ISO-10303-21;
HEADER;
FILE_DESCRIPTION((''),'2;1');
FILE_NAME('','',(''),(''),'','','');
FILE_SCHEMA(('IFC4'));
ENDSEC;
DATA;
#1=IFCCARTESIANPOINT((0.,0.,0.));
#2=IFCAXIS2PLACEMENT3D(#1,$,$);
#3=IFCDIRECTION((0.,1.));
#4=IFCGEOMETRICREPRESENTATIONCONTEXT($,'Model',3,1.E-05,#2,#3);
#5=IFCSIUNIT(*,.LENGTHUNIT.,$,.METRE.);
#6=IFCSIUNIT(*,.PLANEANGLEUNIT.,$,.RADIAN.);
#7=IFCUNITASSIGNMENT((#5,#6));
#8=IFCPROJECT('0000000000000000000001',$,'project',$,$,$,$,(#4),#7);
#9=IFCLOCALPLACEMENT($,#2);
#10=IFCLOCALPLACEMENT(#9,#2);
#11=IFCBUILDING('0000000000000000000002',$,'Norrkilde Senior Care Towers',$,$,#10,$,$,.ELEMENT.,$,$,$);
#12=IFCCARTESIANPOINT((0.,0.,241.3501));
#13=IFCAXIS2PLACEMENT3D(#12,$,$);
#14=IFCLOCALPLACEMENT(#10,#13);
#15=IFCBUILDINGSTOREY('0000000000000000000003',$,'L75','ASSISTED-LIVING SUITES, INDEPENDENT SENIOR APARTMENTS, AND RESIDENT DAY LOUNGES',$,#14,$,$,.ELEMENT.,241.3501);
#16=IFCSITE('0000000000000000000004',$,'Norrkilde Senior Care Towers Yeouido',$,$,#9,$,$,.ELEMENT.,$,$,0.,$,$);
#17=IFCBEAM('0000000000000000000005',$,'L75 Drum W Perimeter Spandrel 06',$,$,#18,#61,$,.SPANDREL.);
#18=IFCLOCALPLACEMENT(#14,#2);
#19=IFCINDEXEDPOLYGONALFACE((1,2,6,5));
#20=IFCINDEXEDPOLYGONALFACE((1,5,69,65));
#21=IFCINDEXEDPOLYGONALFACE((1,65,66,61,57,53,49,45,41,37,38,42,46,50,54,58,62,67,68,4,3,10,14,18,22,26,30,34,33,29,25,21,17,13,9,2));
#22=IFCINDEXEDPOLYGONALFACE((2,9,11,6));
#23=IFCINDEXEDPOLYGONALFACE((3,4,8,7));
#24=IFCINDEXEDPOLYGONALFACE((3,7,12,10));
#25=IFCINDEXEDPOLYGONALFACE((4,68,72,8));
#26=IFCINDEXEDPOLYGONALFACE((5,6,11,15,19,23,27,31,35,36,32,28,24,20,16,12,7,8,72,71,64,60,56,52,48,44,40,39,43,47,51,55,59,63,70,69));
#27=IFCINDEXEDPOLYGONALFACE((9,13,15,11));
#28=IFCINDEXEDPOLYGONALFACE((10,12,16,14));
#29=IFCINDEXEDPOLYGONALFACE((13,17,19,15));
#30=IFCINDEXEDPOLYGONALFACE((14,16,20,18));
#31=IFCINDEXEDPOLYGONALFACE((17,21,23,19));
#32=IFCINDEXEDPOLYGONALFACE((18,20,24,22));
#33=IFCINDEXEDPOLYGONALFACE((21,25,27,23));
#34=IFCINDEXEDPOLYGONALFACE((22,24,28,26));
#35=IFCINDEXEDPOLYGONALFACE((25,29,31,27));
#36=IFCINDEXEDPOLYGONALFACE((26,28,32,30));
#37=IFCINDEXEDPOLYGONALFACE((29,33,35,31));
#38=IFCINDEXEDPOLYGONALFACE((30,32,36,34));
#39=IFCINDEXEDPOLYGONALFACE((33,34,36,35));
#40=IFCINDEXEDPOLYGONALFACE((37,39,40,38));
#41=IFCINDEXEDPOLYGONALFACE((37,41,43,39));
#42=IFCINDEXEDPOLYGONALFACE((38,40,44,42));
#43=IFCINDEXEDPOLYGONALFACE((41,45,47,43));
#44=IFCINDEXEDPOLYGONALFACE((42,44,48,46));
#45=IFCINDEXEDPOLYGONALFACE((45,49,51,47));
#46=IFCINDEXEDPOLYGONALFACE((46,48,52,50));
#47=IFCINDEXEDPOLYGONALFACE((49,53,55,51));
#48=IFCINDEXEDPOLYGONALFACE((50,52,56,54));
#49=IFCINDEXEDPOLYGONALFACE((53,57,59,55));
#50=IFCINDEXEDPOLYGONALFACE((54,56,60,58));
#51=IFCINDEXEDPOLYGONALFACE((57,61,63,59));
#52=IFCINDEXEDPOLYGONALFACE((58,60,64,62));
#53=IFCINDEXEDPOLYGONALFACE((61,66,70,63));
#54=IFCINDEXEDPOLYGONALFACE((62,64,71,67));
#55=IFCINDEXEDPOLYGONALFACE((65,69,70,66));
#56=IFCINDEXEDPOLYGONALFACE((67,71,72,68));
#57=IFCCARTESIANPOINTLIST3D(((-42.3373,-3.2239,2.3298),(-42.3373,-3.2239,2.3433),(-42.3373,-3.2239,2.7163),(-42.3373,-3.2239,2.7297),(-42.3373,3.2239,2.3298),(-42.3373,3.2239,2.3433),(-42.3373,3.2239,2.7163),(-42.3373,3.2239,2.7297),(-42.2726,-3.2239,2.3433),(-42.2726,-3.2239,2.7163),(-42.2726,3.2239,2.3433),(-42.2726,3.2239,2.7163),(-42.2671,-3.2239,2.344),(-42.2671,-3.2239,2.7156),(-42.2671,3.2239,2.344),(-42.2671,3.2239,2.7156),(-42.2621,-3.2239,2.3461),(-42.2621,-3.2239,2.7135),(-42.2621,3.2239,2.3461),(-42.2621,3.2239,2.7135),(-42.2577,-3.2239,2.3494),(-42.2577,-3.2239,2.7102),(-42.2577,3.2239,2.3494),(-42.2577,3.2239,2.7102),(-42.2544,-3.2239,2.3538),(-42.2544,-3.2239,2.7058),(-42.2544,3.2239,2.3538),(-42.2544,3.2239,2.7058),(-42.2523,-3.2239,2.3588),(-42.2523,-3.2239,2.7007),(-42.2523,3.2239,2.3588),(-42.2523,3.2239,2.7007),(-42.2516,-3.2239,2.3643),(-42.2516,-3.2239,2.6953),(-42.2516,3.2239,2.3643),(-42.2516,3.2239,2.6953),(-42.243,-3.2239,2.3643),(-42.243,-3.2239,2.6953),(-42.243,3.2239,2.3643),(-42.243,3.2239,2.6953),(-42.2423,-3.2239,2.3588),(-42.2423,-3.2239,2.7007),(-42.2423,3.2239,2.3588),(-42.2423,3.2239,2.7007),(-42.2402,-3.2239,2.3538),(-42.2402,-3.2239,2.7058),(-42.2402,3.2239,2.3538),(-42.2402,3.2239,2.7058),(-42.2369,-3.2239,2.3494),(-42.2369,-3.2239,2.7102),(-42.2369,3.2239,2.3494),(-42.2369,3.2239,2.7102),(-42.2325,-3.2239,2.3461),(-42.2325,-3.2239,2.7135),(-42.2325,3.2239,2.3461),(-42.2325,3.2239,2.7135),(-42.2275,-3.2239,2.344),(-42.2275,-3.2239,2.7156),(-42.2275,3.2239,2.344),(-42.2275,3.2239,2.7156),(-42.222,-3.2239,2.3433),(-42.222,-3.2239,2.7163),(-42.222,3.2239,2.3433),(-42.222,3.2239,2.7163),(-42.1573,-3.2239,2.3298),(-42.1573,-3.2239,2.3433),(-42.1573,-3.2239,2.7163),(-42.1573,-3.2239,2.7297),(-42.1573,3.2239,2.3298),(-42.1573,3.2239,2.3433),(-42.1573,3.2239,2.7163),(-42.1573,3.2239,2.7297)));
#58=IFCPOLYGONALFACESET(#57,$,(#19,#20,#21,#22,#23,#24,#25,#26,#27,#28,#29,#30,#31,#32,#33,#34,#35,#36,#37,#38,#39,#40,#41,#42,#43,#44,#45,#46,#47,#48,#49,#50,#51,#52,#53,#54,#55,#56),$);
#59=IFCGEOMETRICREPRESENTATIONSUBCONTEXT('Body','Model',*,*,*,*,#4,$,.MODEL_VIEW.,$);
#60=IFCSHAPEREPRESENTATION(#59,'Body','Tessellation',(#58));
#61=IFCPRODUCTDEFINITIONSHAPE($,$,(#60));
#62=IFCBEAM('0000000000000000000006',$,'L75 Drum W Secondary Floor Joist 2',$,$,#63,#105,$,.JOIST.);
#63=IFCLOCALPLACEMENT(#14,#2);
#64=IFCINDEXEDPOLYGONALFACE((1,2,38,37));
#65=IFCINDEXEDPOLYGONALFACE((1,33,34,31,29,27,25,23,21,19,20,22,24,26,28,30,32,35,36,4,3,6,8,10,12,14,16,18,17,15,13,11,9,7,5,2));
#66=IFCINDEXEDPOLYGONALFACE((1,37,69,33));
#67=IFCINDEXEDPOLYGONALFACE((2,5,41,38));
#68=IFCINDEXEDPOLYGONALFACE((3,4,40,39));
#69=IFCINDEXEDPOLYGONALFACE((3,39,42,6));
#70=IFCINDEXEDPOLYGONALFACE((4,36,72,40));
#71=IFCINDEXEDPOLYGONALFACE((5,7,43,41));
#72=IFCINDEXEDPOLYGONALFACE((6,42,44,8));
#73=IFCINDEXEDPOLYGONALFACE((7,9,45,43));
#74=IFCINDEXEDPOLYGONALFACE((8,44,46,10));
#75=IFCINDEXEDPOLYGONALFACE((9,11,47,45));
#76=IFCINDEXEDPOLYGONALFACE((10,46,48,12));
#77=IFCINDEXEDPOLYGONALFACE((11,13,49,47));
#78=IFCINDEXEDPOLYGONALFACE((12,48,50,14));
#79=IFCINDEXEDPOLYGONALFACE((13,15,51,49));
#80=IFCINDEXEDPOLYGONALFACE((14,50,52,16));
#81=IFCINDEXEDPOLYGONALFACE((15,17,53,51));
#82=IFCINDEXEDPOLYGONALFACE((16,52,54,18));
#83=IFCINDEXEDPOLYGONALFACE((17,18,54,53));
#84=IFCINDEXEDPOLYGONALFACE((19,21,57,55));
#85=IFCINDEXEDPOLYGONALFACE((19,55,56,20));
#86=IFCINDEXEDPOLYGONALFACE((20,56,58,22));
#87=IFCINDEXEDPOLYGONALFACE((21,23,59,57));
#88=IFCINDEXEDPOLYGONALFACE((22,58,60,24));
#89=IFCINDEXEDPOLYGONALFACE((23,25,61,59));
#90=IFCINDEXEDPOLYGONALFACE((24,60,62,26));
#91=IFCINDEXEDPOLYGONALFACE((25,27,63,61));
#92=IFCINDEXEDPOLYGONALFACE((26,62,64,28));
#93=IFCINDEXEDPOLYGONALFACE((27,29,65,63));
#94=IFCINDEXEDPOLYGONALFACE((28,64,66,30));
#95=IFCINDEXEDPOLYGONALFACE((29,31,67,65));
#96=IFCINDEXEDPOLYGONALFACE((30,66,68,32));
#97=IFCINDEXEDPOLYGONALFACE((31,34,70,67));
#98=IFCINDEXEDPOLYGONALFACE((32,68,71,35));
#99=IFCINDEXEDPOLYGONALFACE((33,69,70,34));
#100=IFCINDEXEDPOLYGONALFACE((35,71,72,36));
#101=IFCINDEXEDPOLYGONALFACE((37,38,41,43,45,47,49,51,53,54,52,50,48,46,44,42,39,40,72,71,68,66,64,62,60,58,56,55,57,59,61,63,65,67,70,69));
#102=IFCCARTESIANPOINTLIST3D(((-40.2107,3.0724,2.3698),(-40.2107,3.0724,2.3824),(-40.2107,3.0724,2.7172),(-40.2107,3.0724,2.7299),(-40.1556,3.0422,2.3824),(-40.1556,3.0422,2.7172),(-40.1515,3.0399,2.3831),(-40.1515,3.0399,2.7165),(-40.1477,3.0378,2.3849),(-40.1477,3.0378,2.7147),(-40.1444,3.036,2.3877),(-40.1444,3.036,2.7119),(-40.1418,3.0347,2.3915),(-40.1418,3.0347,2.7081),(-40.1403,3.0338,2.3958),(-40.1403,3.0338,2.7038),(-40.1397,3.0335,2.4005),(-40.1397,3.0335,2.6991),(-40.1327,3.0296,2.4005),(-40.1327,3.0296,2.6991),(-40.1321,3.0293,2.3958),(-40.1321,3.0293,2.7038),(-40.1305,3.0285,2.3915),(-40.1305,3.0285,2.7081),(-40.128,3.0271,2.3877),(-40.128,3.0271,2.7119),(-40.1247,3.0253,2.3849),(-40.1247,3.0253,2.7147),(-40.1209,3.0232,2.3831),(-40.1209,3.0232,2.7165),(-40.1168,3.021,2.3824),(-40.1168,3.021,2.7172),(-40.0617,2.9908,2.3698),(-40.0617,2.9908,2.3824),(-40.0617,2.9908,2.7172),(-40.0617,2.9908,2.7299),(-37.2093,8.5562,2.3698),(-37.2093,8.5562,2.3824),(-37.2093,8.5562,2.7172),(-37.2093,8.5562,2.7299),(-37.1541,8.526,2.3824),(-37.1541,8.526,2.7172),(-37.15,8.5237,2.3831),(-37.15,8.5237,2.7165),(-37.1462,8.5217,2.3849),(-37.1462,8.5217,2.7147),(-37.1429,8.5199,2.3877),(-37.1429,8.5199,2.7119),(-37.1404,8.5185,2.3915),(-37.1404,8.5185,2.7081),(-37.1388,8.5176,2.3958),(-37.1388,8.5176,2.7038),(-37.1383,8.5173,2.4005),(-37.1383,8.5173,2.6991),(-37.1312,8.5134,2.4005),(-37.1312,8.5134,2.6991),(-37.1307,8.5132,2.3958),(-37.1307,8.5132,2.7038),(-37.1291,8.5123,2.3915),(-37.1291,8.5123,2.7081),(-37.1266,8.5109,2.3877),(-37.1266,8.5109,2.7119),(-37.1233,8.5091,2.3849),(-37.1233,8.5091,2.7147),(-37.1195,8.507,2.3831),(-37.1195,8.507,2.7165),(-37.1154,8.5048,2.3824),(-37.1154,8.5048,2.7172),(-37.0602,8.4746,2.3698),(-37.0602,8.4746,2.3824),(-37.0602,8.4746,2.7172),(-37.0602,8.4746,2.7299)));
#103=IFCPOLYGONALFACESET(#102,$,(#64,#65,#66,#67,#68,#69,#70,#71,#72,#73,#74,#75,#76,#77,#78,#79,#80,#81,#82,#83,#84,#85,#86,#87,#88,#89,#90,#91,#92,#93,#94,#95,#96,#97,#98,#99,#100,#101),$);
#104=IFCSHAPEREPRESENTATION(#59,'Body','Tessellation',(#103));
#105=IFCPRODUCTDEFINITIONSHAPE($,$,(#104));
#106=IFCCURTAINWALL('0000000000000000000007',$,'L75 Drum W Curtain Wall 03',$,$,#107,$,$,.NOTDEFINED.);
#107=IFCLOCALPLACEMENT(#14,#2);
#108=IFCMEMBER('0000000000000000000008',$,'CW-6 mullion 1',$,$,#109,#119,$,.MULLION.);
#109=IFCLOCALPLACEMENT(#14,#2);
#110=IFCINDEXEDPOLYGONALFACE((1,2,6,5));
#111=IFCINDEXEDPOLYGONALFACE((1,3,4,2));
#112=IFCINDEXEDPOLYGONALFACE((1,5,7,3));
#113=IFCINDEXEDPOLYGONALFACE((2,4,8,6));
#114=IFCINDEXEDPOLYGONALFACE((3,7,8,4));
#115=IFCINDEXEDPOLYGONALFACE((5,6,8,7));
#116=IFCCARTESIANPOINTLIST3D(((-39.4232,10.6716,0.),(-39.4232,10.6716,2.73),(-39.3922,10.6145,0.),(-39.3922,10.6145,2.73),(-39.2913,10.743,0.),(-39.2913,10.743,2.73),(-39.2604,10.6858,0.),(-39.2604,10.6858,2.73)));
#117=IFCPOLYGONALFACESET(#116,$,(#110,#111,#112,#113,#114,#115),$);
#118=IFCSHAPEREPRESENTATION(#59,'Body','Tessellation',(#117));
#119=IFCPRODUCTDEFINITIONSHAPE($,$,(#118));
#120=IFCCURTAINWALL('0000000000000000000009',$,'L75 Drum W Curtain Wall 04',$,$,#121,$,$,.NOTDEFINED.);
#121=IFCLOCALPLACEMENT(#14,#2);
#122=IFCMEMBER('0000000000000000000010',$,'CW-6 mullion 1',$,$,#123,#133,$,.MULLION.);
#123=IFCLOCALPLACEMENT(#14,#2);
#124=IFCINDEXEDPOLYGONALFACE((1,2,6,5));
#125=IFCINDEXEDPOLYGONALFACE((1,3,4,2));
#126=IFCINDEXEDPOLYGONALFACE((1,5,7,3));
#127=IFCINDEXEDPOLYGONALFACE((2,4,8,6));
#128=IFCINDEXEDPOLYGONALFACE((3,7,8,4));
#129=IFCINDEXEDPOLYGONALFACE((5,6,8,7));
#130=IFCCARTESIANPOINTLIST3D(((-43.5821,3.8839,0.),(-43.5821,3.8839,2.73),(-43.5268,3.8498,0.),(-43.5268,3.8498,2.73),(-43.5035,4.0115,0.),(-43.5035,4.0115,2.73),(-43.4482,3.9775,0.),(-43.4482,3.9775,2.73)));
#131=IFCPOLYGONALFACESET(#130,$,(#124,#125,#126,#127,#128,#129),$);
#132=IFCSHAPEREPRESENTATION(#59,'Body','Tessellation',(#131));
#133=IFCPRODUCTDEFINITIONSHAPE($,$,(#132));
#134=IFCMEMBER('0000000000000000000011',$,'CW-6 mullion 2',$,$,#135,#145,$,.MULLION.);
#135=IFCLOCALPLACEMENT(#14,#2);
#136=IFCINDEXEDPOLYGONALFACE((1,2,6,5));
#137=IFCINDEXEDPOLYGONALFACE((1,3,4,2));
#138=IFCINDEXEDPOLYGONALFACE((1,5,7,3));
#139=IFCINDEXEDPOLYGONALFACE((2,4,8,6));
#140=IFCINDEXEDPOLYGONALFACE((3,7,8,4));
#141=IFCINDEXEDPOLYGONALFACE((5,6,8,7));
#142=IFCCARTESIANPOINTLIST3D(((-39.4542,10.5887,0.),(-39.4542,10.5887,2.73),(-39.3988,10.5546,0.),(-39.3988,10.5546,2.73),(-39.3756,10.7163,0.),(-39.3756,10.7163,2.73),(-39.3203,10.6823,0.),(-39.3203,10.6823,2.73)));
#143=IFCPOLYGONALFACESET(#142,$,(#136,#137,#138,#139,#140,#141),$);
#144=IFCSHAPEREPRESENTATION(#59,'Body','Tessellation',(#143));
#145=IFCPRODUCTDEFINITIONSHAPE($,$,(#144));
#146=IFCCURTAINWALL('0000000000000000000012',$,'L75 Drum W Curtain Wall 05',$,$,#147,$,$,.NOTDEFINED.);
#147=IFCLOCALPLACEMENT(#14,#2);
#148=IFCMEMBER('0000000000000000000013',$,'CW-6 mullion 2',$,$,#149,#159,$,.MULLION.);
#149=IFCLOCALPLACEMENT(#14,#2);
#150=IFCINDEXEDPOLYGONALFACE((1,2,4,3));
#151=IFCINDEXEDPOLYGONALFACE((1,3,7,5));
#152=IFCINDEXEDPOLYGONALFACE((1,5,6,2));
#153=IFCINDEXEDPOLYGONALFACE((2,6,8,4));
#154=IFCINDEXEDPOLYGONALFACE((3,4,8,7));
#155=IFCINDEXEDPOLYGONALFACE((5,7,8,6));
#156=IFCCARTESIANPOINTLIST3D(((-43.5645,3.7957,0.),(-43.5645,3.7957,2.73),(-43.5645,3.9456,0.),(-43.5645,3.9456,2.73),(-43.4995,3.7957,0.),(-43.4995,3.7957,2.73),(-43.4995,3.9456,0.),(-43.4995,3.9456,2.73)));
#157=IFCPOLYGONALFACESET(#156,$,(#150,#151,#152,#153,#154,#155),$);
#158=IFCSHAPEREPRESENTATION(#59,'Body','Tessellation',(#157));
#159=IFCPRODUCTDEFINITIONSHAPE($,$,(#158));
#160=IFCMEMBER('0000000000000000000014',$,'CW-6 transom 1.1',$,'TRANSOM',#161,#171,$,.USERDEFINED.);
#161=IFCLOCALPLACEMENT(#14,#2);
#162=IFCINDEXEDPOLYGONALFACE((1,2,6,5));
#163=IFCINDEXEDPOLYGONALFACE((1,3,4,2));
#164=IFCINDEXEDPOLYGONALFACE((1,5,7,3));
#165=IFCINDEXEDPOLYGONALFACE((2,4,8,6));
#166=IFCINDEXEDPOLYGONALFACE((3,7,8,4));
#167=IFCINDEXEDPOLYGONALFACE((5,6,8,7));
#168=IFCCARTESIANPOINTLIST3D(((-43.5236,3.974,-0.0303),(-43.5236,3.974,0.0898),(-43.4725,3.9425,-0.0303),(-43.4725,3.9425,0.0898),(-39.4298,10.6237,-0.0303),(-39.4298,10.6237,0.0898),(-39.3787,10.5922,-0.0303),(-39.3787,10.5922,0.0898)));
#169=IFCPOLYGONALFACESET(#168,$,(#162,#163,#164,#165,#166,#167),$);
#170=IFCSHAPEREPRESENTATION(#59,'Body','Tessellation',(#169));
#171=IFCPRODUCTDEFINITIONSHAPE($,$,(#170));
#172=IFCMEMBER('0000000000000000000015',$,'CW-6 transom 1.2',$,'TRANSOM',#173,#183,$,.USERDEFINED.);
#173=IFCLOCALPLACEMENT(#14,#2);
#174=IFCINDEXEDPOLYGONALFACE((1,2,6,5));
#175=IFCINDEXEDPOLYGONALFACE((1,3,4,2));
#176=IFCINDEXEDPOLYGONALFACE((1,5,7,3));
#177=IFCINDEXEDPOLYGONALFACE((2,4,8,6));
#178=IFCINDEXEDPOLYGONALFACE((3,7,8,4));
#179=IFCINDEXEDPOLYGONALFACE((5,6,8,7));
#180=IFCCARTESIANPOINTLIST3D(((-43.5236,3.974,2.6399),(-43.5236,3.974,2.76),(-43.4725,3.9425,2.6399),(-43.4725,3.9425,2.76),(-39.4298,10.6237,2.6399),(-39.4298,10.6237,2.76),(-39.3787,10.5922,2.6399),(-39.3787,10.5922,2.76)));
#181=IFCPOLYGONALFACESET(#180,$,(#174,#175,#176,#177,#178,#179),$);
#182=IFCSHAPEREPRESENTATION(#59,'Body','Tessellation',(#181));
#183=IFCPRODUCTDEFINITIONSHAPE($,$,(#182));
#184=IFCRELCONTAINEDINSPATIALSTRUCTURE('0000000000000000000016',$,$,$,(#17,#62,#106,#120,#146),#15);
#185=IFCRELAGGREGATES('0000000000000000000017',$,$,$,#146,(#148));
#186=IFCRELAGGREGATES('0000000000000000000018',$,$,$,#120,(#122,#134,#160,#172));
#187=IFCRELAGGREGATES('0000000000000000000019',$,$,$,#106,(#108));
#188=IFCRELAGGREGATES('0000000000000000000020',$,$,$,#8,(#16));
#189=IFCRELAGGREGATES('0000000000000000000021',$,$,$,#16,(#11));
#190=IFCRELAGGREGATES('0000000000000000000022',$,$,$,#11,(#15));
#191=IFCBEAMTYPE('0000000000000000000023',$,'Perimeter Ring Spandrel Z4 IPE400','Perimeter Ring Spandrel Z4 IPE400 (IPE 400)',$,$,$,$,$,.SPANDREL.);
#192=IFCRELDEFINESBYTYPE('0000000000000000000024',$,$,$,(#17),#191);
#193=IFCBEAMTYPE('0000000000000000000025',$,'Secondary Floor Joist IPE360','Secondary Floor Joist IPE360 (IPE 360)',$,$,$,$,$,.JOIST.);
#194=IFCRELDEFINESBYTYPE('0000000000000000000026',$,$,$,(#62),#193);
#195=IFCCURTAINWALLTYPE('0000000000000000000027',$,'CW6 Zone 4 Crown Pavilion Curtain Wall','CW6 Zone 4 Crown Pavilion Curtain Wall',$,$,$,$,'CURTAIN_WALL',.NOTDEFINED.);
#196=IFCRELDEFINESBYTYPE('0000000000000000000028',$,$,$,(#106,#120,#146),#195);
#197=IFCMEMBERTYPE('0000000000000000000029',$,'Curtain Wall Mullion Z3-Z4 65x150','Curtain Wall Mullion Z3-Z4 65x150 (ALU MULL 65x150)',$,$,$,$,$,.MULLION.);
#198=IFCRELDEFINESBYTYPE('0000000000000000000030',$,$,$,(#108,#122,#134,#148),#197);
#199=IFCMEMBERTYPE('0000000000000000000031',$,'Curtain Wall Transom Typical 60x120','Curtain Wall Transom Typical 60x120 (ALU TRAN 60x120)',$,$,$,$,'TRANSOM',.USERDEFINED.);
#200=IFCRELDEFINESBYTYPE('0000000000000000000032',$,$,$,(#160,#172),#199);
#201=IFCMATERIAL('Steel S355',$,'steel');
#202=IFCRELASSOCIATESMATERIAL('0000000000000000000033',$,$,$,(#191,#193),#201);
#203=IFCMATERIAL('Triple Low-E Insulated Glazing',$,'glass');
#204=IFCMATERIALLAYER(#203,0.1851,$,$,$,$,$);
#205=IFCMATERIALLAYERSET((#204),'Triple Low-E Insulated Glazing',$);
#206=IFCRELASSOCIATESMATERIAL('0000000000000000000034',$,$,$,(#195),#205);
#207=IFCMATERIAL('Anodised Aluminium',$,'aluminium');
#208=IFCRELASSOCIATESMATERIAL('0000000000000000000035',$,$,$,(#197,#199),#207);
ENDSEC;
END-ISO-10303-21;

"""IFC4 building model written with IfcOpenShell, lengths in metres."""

from ifc_helpers import new_model, si_unit, direction, frame, origin, origin_2d, place, context, subcontext, project, spatial, rectangle, i_section, extrude, source, transform, mapped, material, layer, layer_set, material_profile, profile_set, type_object, type_shapes, element, aggregate, save


model = new_model("IFC4")

# Units and contexts
model_context = context("Model", 3, precision=1e-05, world=origin(), true_north=direction((0.0, 1.0)))
body_context = subcontext(model_context, "Body", "Model", "MODEL_VIEW")
ifc_project = project(units=[si_unit("LENGTHUNIT", "METRE"), si_unit("PLANEANGLEUNIT", "RADIAN")], contexts=[model_context])

# Site, building, storey
site_placement = place(None, origin())
site = spatial("IfcSite", under=ifc_project, at=site_placement, Name="Norrkilde Senior Care Towers Yeouido", CompositionType="ELEMENT", RefElevation=0.0)
building_placement = place(site_placement, origin())
building = spatial("IfcBuilding", under=site, at=building_placement, Name="Norrkilde Senior Care Towers", CompositionType="ELEMENT")
storey_placement = place(building_placement, frame((0.0, 0.0, 241.3501)))
storey = spatial("IfcBuildingStorey", under=building, at=storey_placement, Name="L75", Description="ASSISTED-LIVING SUITES, INDEPENDENT SENIOR APARTMENTS, AND RESIDENT DAY LOUNGES", CompositionType="ELEMENT", Elevation=241.3501)

# Beams
ifc_material_1 = material(Name="Steel S355", Category="steel")
ifc_material_profile_1 = material_profile(ifc_material_1, i_section(OverallWidth=0.1799, OverallDepth=0.3999, WebThickness=0.0085, FlangeThickness=0.0134, FilletRadius=0.021, at=origin_2d()), Name="IPE 400")
ifc_profile_set_1 = profile_set([ifc_material_profile_1], Name="Steel S355")
beam_type_1 = type_object("IfcBeamType", Name="Perimeter Ring Spandrel Z4 IPE400", Description="Perimeter Ring Spandrel Z4 IPE400 (IPE 400)", PredefinedType="SPANDREL", material=ifc_profile_set_1)
shared_shape_1 = source(origin(), body_context, "Body", "SweptSolid", [
    extrude(i_section(OverallWidth=0.1799, OverallDepth=0.3999, WebThickness=0.0085, FlangeThickness=0.0134, FilletRadius=0.021, at=origin_2d()), origin(), (0.0, 0.0, 1.0), 6.4478),
])
beam_1_placement = place(storey_placement, frame((-42.2473, 3.2239, 2.5298), z_axis=(0.0, -1.0, 0.0), x_axis=(1.0, 0.0, 0.0)))
element("IfcBeam", 1, at=beam_1_placement, inside=storey, type_object=beam_type_1, Name="L75 Drum W Perimeter Spandrel 06", PredefinedType="SPANDREL", context=body_context, shape_type="MappedRepresentation", body=[
    mapped(shared_shape_1, transform((0.0, 0.0, 0.0), x_axis=(1.0, 0.0, 0.0), y_axis=(0.0, 1.0, 0.0), z_axis=(0.0, 0.0, 1.0), scale=1.0)),
])
ifc_material_profile_2 = material_profile(ifc_material_1, i_section(OverallWidth=0.1699, OverallDepth=0.3601, WebThickness=0.0081, FlangeThickness=0.0127, FilletRadius=0.0181, at=origin_2d()), Name="IPE 360")
ifc_profile_set_2 = profile_set([ifc_material_profile_2], Name="Steel S355")
beam_type_2 = type_object("IfcBeamType", Name="Secondary Floor Joist IPE360", Description="Secondary Floor Joist IPE360 (IPE 360)", PredefinedType="JOIST", material=ifc_profile_set_2)
shared_shape_2 = source(origin(), body_context, "Body", "SweptSolid", [
    extrude(i_section(OverallWidth=0.1699, OverallDepth=0.3601, WebThickness=0.0081, FlangeThickness=0.0127, FilletRadius=0.0181, at=origin_2d()), origin(), (0.0, 0.0, 1.0), 6.2515),
])
type_shapes(beam_type_2, [shared_shape_2])
beam_2_placement = place(storey_placement, frame((-37.1348, 8.5154, 2.5498), z_axis=(-0.480116, -0.877205, 0.0), x_axis=(0.877205, -0.480116, 0.0)))
element("IfcBeam", 2, at=beam_2_placement, inside=storey, type_object=beam_type_2, Name="L75 Drum W Secondary Floor Joist 2", PredefinedType="JOIST", context=body_context, shape_type="MappedRepresentation", body=[
    mapped(shared_shape_2, transform((0.0, 0.0, 0.0), x_axis=(1.0, 0.0, 0.0), y_axis=(0.0, 1.0, 0.0), z_axis=(0.0, 0.0, 1.0), scale=1.0)),
])

# Curtain wall, member
ifc_material_2 = material(Name="Triple Low-E Insulated Glazing", Category="glass")
ifc_layer_1 = layer(ifc_material_2, 0.1851)
ifc_layer_set_1 = layer_set([ifc_layer_1], Name="Triple Low-E Insulated Glazing")
curtain_wall_type = type_object("IfcCurtainWallType", Name="CW6 Zone 4 Crown Pavilion Curtain Wall", Description="CW6 Zone 4 Crown Pavilion Curtain Wall", ElementType="CURTAIN_WALL", PredefinedType="NOTDEFINED", material=ifc_layer_set_1)
curtain_wall_1_placement = place(storey_placement, origin())
curtain_wall_1 = element("IfcCurtainWall", 3, at=curtain_wall_1_placement, inside=storey, type_object=curtain_wall_type, Name="L75 Drum W Curtain Wall 03", PredefinedType="NOTDEFINED")
ifc_material_3 = material(Name="Anodised Aluminium", Category="aluminium")
ifc_material_profile_3 = material_profile(ifc_material_3, rectangle(XDim=0.0649, YDim=0.1499, at=origin_2d()), Name="ALU MULL 65x150")
ifc_profile_set_3 = profile_set([ifc_material_profile_3], Name="Anodised Aluminium")
member_type_1 = type_object("IfcMemberType", Name="Curtain Wall Mullion Z3-Z4 65x150", Description="Curtain Wall Mullion Z3-Z4 65x150 (ALU MULL 65x150)", PredefinedType="MULLION", material=ifc_profile_set_3)
shared_shape_3 = source(origin(), body_context, "Body", "SweptSolid", [
    extrude(rectangle(XDim=0.0649, YDim=0.1499, at=origin_2d()), origin(), (0.0, 0.0, 1.0), 2.73),
])
type_shapes(member_type_1, [shared_shape_3])
member_1_placement = place(storey_placement, frame((-39.3418, 10.6787, 0.0), z_axis=(0.0, 0.0, 1.0), x_axis=(-0.476133, 0.879373, 0.0)))
member_1 = element("IfcMember", 4, at=member_1_placement, type_object=member_type_1, Name="CW-6 mullion 1", PredefinedType="MULLION", context=body_context, shape_type="MappedRepresentation", body=[
    mapped(shared_shape_3, transform((0.0, 0.0, 0.0), x_axis=(1.0, 0.0, 0.0), y_axis=(0.0, 1.0, 0.0), z_axis=(0.0, 0.0, 1.0), scale=1.0)),
])

# Curtain wall, members
curtain_wall_2_placement = place(storey_placement, origin())
curtain_wall_2 = element("IfcCurtainWall", 5, at=curtain_wall_2_placement, inside=storey, type_object=curtain_wall_type, Name="L75 Drum W Curtain Wall 04", PredefinedType="NOTDEFINED")
member_2_placement = place(storey_placement, frame((-43.5151, 3.9307, 0.0), z_axis=(0.0, 0.0, 1.0), x_axis=(-0.851563, 0.524253, 0.0)))
member_2 = element("IfcMember", 6, at=member_2_placement, type_object=member_type_1, Name="CW-6 mullion 1", PredefinedType="MULLION", context=body_context, shape_type="MappedRepresentation", body=[
    mapped(shared_shape_3, transform((0.0, 0.0, 0.0), x_axis=(1.0, 0.0, 0.0), y_axis=(0.0, 1.0, 0.0), z_axis=(0.0, 0.0, 1.0), scale=1.0)),
])
member_3_placement = place(storey_placement, frame((-39.3872, 10.6355, 0.0), z_axis=(0.0, 0.0, 1.0), x_axis=(-0.851563, 0.524253, 0.0)))
member_3 = element("IfcMember", 7, at=member_3_placement, type_object=member_type_1, Name="CW-6 mullion 2", PredefinedType="MULLION", context=body_context, shape_type="MappedRepresentation", body=[
    mapped(shared_shape_3, transform((0.0, 0.0, 0.0), x_axis=(1.0, 0.0, 0.0), y_axis=(0.0, 1.0, 0.0), z_axis=(0.0, 0.0, 1.0), scale=1.0)),
])

# Curtain wall, member
curtain_wall_3_placement = place(storey_placement, origin())
curtain_wall_3 = element("IfcCurtainWall", 8, at=curtain_wall_3_placement, inside=storey, type_object=curtain_wall_type, Name="L75 Drum W Curtain Wall 05", PredefinedType="NOTDEFINED")
member_4_placement = place(storey_placement, frame((-43.532, 3.8706, 0.0), z_axis=(0.0, 0.0, 1.0), x_axis=(-1.0, 0.0, 0.0)))
member_4 = element("IfcMember", 9, at=member_4_placement, type_object=member_type_1, Name="CW-6 mullion 2", PredefinedType="MULLION", context=body_context, shape_type="MappedRepresentation", body=[
    mapped(shared_shape_3, transform((0.0, 0.0, 0.0), x_axis=(1.0, 0.0, 0.0), y_axis=(0.0, 1.0, 0.0), z_axis=(0.0, 0.0, 1.0), scale=1.0)),
])
aggregate(curtain_wall_3, [member_4])

# Members
ifc_material_profile_4 = material_profile(ifc_material_3, rectangle(XDim=0.0601, YDim=0.1201, at=origin_2d()), Name="ALU TRAN 60x120")
ifc_profile_set_4 = profile_set([ifc_material_profile_4], Name="Anodised Aluminium")
member_type_2 = type_object("IfcMemberType", Name="Curtain Wall Transom Typical 60x120", Description="Curtain Wall Transom Typical 60x120 (ALU TRAN 60x120)", ElementType="TRANSOM", PredefinedType="USERDEFINED", material=ifc_profile_set_4)
shared_shape_4 = source(origin(), body_context, "Body", "SweptSolid", [
    extrude(rectangle(XDim=0.0601, YDim=0.1201, at=origin_2d()), origin(), (0.0, 0.0, 1.0), 7.8088),
])
member_5_placement = place(storey_placement, frame((-43.498, 3.9583, 0.0298), z_axis=(0.524251, 0.851564, 0.0), x_axis=(-0.851564, 0.524251, 0.0)))
member_5 = element("IfcMember", 10, at=member_5_placement, type_object=member_type_2, Name="CW-6 transom 1.1", ObjectType="TRANSOM", PredefinedType="USERDEFINED", context=body_context, shape_type="MappedRepresentation", body=[
    mapped(shared_shape_4, transform((0.0, 0.0, 0.0), x_axis=(1.0, 0.0, 0.0), y_axis=(0.0, 1.0, 0.0), z_axis=(0.0, 0.0, 1.0), scale=1.0)),
])
member_6_placement = place(storey_placement, frame((-43.498, 3.9583, 2.7), z_axis=(0.524251, 0.851564, 0.0), x_axis=(-0.851564, 0.524251, 0.0)))
member_6 = element("IfcMember", 11, at=member_6_placement, type_object=member_type_2, Name="CW-6 transom 1.2", ObjectType="TRANSOM", PredefinedType="USERDEFINED", context=body_context, shape_type="MappedRepresentation", body=[
    mapped(shared_shape_4, transform((0.0, 0.0, 0.0), x_axis=(1.0, 0.0, 0.0), y_axis=(0.0, 1.0, 0.0), z_axis=(0.0, 0.0, 1.0), scale=1.0)),
])

aggregate(curtain_wall_2, [member_2, member_3, member_5, member_6])
aggregate(curtain_wall_1, [member_1])

save(model, "model.ifc")
